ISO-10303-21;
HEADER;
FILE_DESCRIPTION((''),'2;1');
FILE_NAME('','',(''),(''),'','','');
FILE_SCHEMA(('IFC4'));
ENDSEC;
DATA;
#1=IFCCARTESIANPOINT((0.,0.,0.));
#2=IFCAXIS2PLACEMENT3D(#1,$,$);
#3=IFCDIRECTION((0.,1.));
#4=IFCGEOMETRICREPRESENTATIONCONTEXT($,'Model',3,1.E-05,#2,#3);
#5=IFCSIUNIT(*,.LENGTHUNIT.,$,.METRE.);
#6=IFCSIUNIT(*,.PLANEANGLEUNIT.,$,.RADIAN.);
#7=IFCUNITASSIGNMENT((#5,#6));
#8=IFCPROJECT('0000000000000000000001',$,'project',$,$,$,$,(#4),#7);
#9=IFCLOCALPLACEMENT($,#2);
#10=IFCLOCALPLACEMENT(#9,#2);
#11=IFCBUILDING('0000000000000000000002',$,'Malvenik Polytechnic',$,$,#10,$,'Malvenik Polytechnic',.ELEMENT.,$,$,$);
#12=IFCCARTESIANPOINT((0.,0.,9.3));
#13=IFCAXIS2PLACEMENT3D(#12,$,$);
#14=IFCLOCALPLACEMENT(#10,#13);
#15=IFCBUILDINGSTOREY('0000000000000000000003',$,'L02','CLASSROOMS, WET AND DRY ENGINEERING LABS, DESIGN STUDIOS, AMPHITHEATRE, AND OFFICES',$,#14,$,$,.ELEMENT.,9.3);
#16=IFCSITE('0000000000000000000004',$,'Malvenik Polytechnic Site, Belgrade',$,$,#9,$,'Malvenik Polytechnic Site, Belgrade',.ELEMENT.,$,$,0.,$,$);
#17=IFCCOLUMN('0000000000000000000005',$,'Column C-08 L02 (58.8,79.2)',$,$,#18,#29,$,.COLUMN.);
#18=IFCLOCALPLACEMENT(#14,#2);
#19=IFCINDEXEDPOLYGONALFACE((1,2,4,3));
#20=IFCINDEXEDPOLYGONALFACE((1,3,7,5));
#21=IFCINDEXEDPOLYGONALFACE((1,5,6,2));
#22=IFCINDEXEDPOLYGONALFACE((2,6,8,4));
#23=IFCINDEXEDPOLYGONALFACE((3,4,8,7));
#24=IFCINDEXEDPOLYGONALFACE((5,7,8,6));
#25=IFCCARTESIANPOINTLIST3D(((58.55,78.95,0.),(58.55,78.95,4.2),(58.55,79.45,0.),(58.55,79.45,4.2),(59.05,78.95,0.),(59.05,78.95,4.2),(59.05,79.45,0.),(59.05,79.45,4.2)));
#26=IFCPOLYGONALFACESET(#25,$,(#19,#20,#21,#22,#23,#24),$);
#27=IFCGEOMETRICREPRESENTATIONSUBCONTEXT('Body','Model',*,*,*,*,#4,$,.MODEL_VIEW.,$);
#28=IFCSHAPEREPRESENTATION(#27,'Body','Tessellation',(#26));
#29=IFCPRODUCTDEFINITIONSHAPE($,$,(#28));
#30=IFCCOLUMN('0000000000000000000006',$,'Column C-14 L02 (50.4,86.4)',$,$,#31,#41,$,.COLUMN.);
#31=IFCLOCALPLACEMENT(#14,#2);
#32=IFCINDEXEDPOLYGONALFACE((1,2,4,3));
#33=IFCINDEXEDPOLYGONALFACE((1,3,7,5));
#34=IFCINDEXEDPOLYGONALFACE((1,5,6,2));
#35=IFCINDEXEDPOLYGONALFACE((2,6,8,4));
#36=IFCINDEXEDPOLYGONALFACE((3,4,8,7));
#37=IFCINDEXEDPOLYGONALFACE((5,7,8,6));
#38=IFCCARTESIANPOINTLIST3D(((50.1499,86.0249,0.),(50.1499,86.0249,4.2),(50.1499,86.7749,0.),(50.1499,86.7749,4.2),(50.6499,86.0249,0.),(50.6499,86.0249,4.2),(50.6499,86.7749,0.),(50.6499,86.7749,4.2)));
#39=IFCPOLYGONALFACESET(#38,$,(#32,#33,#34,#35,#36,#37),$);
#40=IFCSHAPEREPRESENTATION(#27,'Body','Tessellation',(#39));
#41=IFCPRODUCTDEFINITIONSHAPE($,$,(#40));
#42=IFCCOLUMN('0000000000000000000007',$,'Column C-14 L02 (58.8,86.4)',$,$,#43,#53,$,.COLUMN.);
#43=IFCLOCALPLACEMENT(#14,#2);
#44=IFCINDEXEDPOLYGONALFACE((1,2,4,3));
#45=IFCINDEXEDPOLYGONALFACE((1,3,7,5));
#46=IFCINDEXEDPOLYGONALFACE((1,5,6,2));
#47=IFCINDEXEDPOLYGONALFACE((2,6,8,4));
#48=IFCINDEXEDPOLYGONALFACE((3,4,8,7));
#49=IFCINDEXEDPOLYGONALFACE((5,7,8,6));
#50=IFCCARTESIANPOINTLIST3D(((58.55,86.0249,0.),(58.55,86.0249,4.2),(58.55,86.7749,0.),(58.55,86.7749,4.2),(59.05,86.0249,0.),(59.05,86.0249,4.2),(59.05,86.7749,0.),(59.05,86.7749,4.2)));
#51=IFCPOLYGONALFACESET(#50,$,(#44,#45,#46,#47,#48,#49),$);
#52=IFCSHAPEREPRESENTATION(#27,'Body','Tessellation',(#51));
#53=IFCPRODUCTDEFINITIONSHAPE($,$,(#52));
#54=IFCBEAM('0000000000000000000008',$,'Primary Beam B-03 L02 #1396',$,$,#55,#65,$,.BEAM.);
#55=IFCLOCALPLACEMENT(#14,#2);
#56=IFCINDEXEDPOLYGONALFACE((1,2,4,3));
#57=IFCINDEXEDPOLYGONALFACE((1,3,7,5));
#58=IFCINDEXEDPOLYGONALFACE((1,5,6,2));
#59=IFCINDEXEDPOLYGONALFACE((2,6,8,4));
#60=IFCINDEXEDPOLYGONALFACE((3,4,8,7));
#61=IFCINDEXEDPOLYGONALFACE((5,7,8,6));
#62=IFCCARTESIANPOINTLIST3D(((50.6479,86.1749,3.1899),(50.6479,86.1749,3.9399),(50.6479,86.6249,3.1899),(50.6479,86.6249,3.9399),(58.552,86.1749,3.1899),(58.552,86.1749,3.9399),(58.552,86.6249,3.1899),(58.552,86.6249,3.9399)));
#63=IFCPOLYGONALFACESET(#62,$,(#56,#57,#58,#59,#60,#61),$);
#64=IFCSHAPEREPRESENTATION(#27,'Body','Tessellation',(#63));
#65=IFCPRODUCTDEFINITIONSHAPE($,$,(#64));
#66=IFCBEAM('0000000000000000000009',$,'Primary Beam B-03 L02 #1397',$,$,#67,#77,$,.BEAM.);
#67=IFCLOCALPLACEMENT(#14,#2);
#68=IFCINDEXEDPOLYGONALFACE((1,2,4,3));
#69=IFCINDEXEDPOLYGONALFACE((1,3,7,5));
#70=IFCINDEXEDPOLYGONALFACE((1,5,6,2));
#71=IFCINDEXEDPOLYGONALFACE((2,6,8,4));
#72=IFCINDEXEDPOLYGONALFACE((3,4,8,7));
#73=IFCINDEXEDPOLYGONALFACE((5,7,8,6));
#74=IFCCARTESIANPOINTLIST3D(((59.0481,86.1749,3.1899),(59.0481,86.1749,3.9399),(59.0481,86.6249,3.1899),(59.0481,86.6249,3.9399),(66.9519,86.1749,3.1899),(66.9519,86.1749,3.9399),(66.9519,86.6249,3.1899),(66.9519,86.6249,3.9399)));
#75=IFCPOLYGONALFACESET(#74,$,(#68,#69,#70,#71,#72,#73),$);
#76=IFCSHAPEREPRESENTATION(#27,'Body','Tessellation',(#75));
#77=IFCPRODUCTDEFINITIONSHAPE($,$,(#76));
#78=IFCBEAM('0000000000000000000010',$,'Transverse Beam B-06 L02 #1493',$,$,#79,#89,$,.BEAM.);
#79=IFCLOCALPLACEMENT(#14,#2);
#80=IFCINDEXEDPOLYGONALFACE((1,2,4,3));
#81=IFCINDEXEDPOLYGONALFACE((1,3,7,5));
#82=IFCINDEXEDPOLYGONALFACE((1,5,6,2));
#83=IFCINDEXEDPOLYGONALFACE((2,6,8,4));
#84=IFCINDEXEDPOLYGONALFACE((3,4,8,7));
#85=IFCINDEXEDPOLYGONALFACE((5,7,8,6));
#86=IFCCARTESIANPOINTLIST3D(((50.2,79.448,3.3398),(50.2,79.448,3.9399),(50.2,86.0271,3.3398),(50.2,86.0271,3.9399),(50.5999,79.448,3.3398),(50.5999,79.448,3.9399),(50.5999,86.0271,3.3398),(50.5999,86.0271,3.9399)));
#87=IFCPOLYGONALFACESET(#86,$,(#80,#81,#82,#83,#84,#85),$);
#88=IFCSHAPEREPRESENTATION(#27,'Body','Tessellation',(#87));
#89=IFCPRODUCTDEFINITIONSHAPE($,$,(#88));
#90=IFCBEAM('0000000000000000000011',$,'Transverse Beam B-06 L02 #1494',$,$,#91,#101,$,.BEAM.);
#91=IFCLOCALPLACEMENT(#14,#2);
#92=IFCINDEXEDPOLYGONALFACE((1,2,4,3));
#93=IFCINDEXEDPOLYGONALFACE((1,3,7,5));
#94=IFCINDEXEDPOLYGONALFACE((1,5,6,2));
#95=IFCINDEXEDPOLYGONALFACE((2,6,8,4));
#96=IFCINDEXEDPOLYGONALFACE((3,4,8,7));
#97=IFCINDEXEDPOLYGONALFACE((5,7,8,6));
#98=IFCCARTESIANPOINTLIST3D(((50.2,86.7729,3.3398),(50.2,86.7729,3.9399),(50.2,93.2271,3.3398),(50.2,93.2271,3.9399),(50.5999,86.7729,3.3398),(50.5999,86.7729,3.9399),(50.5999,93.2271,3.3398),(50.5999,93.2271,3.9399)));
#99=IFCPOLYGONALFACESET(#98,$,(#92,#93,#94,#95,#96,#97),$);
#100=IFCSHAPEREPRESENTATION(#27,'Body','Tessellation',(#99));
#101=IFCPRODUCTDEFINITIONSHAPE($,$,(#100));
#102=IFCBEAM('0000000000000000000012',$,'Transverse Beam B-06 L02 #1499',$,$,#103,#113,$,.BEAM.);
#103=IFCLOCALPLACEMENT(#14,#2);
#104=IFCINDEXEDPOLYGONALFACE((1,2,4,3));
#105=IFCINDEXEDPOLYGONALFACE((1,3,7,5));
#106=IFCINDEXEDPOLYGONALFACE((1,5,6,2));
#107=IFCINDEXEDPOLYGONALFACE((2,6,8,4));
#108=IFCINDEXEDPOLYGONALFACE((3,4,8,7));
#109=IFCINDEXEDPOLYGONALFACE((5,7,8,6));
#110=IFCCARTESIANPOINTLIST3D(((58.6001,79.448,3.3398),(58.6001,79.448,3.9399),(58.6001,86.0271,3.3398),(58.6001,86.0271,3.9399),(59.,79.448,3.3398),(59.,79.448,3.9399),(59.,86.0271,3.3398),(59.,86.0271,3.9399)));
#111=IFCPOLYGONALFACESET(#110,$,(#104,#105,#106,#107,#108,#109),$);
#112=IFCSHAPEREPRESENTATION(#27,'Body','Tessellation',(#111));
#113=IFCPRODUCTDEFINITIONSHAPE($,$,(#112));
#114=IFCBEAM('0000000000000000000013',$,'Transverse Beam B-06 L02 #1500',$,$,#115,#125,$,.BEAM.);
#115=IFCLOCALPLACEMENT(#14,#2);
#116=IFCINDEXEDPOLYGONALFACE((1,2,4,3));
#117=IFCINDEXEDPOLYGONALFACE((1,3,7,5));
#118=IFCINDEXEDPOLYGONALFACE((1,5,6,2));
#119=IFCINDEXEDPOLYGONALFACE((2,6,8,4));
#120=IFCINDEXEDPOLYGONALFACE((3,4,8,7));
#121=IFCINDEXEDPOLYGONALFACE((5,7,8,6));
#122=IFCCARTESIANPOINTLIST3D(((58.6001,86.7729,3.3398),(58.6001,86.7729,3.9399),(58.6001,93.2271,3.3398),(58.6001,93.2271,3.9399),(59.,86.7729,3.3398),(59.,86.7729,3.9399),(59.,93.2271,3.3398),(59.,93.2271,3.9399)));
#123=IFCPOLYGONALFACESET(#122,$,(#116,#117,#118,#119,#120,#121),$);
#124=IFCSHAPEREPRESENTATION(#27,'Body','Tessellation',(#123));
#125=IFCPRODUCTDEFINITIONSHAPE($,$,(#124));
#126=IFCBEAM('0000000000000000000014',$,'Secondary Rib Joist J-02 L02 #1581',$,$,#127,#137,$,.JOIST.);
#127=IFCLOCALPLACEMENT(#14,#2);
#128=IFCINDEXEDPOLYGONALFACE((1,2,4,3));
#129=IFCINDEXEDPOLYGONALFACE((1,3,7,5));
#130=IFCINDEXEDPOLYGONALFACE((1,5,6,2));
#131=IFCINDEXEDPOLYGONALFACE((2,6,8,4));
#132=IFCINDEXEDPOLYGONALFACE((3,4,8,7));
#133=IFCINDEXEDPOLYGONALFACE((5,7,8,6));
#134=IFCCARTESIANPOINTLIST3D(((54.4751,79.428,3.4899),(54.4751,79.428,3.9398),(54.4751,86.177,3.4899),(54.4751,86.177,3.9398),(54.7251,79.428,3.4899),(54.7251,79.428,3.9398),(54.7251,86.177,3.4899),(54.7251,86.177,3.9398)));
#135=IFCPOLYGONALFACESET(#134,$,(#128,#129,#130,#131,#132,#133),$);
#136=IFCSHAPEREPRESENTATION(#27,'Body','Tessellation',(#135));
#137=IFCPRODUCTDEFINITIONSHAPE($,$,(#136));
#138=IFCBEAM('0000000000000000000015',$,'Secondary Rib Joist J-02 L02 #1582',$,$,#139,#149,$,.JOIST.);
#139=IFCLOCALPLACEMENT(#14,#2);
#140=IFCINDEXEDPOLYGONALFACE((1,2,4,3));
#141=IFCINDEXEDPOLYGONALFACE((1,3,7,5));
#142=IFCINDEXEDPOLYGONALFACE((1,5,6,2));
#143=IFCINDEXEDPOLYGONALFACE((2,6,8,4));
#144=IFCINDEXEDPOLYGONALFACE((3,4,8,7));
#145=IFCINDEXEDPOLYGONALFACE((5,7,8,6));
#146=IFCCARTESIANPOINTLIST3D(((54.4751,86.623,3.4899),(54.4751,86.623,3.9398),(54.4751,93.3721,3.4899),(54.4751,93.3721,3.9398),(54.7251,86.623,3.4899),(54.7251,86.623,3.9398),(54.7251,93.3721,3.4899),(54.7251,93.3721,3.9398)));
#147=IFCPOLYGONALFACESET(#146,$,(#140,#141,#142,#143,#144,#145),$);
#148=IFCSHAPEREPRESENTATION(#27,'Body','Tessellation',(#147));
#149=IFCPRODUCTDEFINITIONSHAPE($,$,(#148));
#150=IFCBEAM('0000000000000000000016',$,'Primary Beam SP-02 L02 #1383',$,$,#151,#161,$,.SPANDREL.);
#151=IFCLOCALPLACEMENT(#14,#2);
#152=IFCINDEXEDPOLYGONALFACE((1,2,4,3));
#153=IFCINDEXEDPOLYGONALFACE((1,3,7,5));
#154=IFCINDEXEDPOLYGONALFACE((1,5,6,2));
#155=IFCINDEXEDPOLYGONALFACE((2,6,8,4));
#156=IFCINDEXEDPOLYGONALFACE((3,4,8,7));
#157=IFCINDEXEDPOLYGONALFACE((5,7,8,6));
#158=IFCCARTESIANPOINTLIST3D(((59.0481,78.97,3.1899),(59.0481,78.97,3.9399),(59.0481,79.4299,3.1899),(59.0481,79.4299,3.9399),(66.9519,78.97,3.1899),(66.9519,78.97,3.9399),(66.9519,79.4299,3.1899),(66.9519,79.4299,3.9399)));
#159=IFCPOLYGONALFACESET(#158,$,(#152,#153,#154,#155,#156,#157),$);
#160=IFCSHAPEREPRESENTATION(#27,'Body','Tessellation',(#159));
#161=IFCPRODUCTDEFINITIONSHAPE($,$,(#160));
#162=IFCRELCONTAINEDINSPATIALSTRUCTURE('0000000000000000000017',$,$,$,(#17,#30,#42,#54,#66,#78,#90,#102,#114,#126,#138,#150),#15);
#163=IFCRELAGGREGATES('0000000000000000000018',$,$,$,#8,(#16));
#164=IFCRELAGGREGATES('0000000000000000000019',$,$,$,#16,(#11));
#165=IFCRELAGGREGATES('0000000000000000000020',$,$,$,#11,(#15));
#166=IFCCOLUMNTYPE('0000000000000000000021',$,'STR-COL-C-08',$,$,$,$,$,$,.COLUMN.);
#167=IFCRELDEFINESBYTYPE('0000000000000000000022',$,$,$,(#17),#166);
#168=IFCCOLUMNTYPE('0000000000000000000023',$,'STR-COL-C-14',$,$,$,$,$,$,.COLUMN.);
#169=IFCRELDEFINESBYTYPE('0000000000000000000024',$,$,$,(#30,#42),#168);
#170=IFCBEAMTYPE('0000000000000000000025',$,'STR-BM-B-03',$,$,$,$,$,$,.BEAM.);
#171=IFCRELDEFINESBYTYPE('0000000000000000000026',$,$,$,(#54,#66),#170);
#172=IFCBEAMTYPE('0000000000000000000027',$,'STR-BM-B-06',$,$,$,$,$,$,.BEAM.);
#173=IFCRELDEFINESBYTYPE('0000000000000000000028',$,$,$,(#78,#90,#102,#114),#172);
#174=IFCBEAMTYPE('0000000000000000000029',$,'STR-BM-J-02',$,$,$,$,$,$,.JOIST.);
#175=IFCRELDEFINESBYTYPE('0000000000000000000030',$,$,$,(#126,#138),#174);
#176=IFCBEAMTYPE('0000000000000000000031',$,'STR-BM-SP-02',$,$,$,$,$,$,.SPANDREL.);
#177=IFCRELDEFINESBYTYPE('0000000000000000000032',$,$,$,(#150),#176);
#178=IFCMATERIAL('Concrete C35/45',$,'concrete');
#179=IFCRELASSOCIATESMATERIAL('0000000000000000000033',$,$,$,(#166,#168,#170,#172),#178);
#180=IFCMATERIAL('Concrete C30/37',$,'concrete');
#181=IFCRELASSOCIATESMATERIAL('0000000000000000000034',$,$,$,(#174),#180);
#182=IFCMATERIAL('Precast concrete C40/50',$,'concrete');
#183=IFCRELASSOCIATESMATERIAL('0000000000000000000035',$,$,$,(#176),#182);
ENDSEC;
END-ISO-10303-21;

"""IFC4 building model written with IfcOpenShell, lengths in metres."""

from ifc_helpers import new_model, si_unit, direction, frame, origin, origin_2d, place, context, subcontext, project, spatial, rectangle, extrude, material, material_profile, profile_set, type_object, element, save


model = new_model("IFC4")

# Units and contexts
model_context = context("Model", 3, precision=1e-05, world=origin(), true_north=direction((0.0, 1.0)))
body_context = subcontext(model_context, "Body", "Model", "MODEL_VIEW")
ifc_project = project(units=[si_unit("LENGTHUNIT", "METRE"), si_unit("PLANEANGLEUNIT", "RADIAN")], contexts=[model_context])

# Site, building, storey
site_placement = place(None, origin())
site = spatial("IfcSite", under=ifc_project, at=site_placement, Name="Malvenik Polytechnic Site, Belgrade", LongName="Malvenik Polytechnic Site, Belgrade", CompositionType="ELEMENT", RefElevation=0.0)
building_placement = place(site_placement, origin())
building = spatial("IfcBuilding", under=site, at=building_placement, Name="Malvenik Polytechnic", LongName="Malvenik Polytechnic", CompositionType="ELEMENT")
storey_placement = place(building_placement, frame((0.0, 0.0, 9.3)))
storey = spatial("IfcBuildingStorey", under=building, at=storey_placement, Name="L02", Description="CLASSROOMS, WET AND DRY ENGINEERING LABS, DESIGN STUDIOS, AMPHITHEATRE, AND OFFICES", CompositionType="ELEMENT", Elevation=9.3)

# Columns
ifc_material_1 = material(Name="Concrete C35/45", Category="concrete")
ifc_material_profile_1 = material_profile(ifc_material_1, rectangle(XDim=0.5, YDim=0.5, at=origin_2d()), Name="RC COL 500x500")
ifc_profile_set_1 = profile_set([ifc_material_profile_1], Name="Concrete C35/45")
column_type_1 = type_object("IfcColumnType", Name="STR-COL-C-08", PredefinedType="COLUMN", material=ifc_profile_set_1)
column_placement = place(storey_placement, frame((58.8, 79.2, 0.0), z_axis=(0.0, 0.0, 1.0), x_axis=(1.0, 0.0, 0.0)))
element("IfcColumn", 1, at=column_placement, inside=storey, type_object=column_type_1, Name="Column C-08 L02 (58.8,79.2)", PredefinedType="COLUMN", context=body_context, shape_type="SweptSolid", body=[
    extrude(rectangle(XDim=0.5, YDim=0.5, at=origin_2d()), origin(), (0.0, 0.0, 1.0), 4.2),
])
ifc_material_profile_2 = material_profile(ifc_material_1, rectangle(XDim=0.5, YDim=0.75, at=origin_2d()), Name="RC COL 750x500")
ifc_profile_set_2 = profile_set([ifc_material_profile_2], Name="Concrete C35/45")
column_type_2 = type_object("IfcColumnType", Name="STR-COL-C-14", PredefinedType="COLUMN", material=ifc_profile_set_2)
for number, where, z_axis, x_axis, name in (
    (2, (50.3999, 86.3999, 0.0), (0.0, 0.0, 1.0), (1.0, 0.0, 0.0), "Column C-14 L02 (50.4,86.4)"),
    (3, (58.8, 86.3999, 0.0), (0.0, 0.0, 1.0), (1.0, 0.0, 0.0), "Column C-14 L02 (58.8,86.4)"),
):
    element("IfcColumn", number, at=place(storey_placement, frame(where, z_axis=z_axis, x_axis=x_axis)), inside=storey, type_object=column_type_2, Name=name, PredefinedType="COLUMN", context=body_context, shape_type="SweptSolid", body=[
        extrude(rectangle(XDim=0.5, YDim=0.75, at=origin_2d()), origin(), (0.0, 0.0, 1.0), 4.2),
    ])

# Beams
ifc_material_profile_3 = material_profile(ifc_material_1, rectangle(XDim=0.45, YDim=0.75, at=origin_2d()), Name="RC BM 450x750")
ifc_profile_set_3 = profile_set([ifc_material_profile_3], Name="Concrete C35/45")
beam_type_1 = type_object("IfcBeamType", Name="STR-BM-B-03", PredefinedType="BEAM", material=ifc_profile_set_3)
beam_1_placement = place(storey_placement, frame((50.6479, 86.3999, 3.5649), z_axis=(1.0, 0.0, 0.0), x_axis=(0.0, 1.0, 0.0)))
element("IfcBeam", 4, at=beam_1_placement, inside=storey, type_object=beam_type_1, Name="Primary Beam B-03 L02 #1396", PredefinedType="BEAM", context=body_context, shape_type="SweptSolid", body=[
    extrude(rectangle(XDim=0.45, YDim=0.75, at=origin_2d()), origin(), (0.0, 0.0, 1.0), 7.9041),
])
beam_2_placement = place(storey_placement, frame((59.0481, 86.3999, 3.5649), z_axis=(1.0, 0.0, 0.0), x_axis=(0.0, 1.0, 0.0)))
element("IfcBeam", 5, at=beam_2_placement, inside=storey, type_object=beam_type_1, Name="Primary Beam B-03 L02 #1397", PredefinedType="BEAM", context=body_context, shape_type="SweptSolid", body=[
    extrude(rectangle(XDim=0.45, YDim=0.75, at=origin_2d()), origin(), (0.0, 0.0, 1.0), 7.9038),
])
ifc_material_profile_4 = material_profile(ifc_material_1, rectangle(XDim=0.3999, YDim=0.6001, at=origin_2d()), Name="RC BM 400x600")
ifc_profile_set_4 = profile_set([ifc_material_profile_4], Name="Concrete C35/45")
beam_type_2 = type_object("IfcBeamType", Name="STR-BM-B-06", PredefinedType="BEAM", material=ifc_profile_set_4)
beam_3_placement = place(storey_placement, frame((50.3999, 79.448, 3.6399), z_axis=(0.0, 1.0, 0.0), x_axis=(-1.0, 0.0, 0.0)))
element("IfcBeam", 6, at=beam_3_placement, inside=storey, type_object=beam_type_2, Name="Transverse Beam B-06 L02 #1493", PredefinedType="BEAM", context=body_context, shape_type="SweptSolid", body=[
    extrude(rectangle(XDim=0.3999, YDim=0.6001, at=origin_2d()), origin(), (0.0, 0.0, 1.0), 6.5791),
])
beam_4_placement = place(storey_placement, frame((50.3999, 86.7729, 3.6399), z_axis=(0.0, 1.0, 0.0), x_axis=(-1.0, 0.0, 0.0)))
element("IfcBeam", 7, at=beam_4_placement, inside=storey, type_object=beam_type_2, Name="Transverse Beam B-06 L02 #1494", PredefinedType="BEAM", context=body_context, shape_type="SweptSolid", body=[
    extrude(rectangle(XDim=0.3999, YDim=0.6001, at=origin_2d()), origin(), (0.0, 0.0, 1.0), 6.4541),
])
beam_5_placement = place(storey_placement, frame((58.8, 79.448, 3.6399), z_axis=(0.0, 1.0, 0.0), x_axis=(-1.0, 0.0, 0.0)))
element("IfcBeam", 8, at=beam_5_placement, inside=storey, type_object=beam_type_2, Name="Transverse Beam B-06 L02 #1499", PredefinedType="BEAM", context=body_context, shape_type="SweptSolid", body=[
    extrude(rectangle(XDim=0.3999, YDim=0.6001, at=origin_2d()), origin(), (0.0, 0.0, 1.0), 6.5791),
])
beam_6_placement = place(storey_placement, frame((58.8, 86.7729, 3.6399), z_axis=(0.0, 1.0, 0.0), x_axis=(-1.0, 0.0, 0.0)))
element("IfcBeam", 9, at=beam_6_placement, inside=storey, type_object=beam_type_2, Name="Transverse Beam B-06 L02 #1500", PredefinedType="BEAM", context=body_context, shape_type="SweptSolid", body=[
    extrude(rectangle(XDim=0.3999, YDim=0.6001, at=origin_2d()), origin(), (0.0, 0.0, 1.0), 6.4541),
])
ifc_material_2 = material(Name="Concrete C30/37", Category="concrete")
ifc_material_profile_5 = material_profile(ifc_material_2, rectangle(XDim=0.25, YDim=0.45, at=origin_2d()), Name="RC JST 250x450")
ifc_profile_set_5 = profile_set([ifc_material_profile_5], Name="Concrete C30/37")
beam_type_3 = type_object("IfcBeamType", Name="STR-BM-J-02", PredefinedType="JOIST", material=ifc_profile_set_5)
for number, where, z_axis, x_axis, name in (
    (10, (54.6001, 79.428, 3.7148), (0.0, 1.0, 0.0), (-1.0, 0.0, 0.0), "Secondary Rib Joist J-02 L02 #1581"),
    (11, (54.6001, 86.623, 3.7148), (0.0, 1.0, 0.0), (-1.0, 0.0, 0.0), "Secondary Rib Joist J-02 L02 #1582"),
):
    element("IfcBeam", number, at=place(storey_placement, frame(where, z_axis=z_axis, x_axis=x_axis)), inside=storey, type_object=beam_type_3, Name=name, PredefinedType="JOIST", context=body_context, shape_type="SweptSolid", body=[
        extrude(rectangle(XDim=0.25, YDim=0.45, at=origin_2d()), origin(), (0.0, 0.0, 1.0), 6.749),
    ])
ifc_material_3 = material(Name="Precast concrete C40/50", Category="concrete")
ifc_material_profile_6 = material_profile(ifc_material_3, rectangle(XDim=0.46, YDim=0.75, at=origin_2d()), Name="PC SPN 460x750")
ifc_profile_set_6 = profile_set([ifc_material_profile_6], Name="Precast concrete C40/50")
beam_type_4 = type_object("IfcBeamType", Name="STR-BM-SP-02", PredefinedType="SPANDREL", material=ifc_profile_set_6)
beam_7_placement = place(storey_placement, frame((59.0481, 79.2, 3.5649), z_axis=(1.0, 0.0, 0.0), x_axis=(0.0, 1.0, 0.0)))
element("IfcBeam", 12, at=beam_7_placement, inside=storey, type_object=beam_type_4, Name="Primary Beam SP-02 L02 #1383", PredefinedType="SPANDREL", context=body_context, shape_type="SweptSolid", body=[
    extrude(rectangle(XDim=0.46, YDim=0.75, at=origin_2d()), origin(), (0.0, 0.0, 1.0), 7.9038),
])

save(model, "model.ifc")
